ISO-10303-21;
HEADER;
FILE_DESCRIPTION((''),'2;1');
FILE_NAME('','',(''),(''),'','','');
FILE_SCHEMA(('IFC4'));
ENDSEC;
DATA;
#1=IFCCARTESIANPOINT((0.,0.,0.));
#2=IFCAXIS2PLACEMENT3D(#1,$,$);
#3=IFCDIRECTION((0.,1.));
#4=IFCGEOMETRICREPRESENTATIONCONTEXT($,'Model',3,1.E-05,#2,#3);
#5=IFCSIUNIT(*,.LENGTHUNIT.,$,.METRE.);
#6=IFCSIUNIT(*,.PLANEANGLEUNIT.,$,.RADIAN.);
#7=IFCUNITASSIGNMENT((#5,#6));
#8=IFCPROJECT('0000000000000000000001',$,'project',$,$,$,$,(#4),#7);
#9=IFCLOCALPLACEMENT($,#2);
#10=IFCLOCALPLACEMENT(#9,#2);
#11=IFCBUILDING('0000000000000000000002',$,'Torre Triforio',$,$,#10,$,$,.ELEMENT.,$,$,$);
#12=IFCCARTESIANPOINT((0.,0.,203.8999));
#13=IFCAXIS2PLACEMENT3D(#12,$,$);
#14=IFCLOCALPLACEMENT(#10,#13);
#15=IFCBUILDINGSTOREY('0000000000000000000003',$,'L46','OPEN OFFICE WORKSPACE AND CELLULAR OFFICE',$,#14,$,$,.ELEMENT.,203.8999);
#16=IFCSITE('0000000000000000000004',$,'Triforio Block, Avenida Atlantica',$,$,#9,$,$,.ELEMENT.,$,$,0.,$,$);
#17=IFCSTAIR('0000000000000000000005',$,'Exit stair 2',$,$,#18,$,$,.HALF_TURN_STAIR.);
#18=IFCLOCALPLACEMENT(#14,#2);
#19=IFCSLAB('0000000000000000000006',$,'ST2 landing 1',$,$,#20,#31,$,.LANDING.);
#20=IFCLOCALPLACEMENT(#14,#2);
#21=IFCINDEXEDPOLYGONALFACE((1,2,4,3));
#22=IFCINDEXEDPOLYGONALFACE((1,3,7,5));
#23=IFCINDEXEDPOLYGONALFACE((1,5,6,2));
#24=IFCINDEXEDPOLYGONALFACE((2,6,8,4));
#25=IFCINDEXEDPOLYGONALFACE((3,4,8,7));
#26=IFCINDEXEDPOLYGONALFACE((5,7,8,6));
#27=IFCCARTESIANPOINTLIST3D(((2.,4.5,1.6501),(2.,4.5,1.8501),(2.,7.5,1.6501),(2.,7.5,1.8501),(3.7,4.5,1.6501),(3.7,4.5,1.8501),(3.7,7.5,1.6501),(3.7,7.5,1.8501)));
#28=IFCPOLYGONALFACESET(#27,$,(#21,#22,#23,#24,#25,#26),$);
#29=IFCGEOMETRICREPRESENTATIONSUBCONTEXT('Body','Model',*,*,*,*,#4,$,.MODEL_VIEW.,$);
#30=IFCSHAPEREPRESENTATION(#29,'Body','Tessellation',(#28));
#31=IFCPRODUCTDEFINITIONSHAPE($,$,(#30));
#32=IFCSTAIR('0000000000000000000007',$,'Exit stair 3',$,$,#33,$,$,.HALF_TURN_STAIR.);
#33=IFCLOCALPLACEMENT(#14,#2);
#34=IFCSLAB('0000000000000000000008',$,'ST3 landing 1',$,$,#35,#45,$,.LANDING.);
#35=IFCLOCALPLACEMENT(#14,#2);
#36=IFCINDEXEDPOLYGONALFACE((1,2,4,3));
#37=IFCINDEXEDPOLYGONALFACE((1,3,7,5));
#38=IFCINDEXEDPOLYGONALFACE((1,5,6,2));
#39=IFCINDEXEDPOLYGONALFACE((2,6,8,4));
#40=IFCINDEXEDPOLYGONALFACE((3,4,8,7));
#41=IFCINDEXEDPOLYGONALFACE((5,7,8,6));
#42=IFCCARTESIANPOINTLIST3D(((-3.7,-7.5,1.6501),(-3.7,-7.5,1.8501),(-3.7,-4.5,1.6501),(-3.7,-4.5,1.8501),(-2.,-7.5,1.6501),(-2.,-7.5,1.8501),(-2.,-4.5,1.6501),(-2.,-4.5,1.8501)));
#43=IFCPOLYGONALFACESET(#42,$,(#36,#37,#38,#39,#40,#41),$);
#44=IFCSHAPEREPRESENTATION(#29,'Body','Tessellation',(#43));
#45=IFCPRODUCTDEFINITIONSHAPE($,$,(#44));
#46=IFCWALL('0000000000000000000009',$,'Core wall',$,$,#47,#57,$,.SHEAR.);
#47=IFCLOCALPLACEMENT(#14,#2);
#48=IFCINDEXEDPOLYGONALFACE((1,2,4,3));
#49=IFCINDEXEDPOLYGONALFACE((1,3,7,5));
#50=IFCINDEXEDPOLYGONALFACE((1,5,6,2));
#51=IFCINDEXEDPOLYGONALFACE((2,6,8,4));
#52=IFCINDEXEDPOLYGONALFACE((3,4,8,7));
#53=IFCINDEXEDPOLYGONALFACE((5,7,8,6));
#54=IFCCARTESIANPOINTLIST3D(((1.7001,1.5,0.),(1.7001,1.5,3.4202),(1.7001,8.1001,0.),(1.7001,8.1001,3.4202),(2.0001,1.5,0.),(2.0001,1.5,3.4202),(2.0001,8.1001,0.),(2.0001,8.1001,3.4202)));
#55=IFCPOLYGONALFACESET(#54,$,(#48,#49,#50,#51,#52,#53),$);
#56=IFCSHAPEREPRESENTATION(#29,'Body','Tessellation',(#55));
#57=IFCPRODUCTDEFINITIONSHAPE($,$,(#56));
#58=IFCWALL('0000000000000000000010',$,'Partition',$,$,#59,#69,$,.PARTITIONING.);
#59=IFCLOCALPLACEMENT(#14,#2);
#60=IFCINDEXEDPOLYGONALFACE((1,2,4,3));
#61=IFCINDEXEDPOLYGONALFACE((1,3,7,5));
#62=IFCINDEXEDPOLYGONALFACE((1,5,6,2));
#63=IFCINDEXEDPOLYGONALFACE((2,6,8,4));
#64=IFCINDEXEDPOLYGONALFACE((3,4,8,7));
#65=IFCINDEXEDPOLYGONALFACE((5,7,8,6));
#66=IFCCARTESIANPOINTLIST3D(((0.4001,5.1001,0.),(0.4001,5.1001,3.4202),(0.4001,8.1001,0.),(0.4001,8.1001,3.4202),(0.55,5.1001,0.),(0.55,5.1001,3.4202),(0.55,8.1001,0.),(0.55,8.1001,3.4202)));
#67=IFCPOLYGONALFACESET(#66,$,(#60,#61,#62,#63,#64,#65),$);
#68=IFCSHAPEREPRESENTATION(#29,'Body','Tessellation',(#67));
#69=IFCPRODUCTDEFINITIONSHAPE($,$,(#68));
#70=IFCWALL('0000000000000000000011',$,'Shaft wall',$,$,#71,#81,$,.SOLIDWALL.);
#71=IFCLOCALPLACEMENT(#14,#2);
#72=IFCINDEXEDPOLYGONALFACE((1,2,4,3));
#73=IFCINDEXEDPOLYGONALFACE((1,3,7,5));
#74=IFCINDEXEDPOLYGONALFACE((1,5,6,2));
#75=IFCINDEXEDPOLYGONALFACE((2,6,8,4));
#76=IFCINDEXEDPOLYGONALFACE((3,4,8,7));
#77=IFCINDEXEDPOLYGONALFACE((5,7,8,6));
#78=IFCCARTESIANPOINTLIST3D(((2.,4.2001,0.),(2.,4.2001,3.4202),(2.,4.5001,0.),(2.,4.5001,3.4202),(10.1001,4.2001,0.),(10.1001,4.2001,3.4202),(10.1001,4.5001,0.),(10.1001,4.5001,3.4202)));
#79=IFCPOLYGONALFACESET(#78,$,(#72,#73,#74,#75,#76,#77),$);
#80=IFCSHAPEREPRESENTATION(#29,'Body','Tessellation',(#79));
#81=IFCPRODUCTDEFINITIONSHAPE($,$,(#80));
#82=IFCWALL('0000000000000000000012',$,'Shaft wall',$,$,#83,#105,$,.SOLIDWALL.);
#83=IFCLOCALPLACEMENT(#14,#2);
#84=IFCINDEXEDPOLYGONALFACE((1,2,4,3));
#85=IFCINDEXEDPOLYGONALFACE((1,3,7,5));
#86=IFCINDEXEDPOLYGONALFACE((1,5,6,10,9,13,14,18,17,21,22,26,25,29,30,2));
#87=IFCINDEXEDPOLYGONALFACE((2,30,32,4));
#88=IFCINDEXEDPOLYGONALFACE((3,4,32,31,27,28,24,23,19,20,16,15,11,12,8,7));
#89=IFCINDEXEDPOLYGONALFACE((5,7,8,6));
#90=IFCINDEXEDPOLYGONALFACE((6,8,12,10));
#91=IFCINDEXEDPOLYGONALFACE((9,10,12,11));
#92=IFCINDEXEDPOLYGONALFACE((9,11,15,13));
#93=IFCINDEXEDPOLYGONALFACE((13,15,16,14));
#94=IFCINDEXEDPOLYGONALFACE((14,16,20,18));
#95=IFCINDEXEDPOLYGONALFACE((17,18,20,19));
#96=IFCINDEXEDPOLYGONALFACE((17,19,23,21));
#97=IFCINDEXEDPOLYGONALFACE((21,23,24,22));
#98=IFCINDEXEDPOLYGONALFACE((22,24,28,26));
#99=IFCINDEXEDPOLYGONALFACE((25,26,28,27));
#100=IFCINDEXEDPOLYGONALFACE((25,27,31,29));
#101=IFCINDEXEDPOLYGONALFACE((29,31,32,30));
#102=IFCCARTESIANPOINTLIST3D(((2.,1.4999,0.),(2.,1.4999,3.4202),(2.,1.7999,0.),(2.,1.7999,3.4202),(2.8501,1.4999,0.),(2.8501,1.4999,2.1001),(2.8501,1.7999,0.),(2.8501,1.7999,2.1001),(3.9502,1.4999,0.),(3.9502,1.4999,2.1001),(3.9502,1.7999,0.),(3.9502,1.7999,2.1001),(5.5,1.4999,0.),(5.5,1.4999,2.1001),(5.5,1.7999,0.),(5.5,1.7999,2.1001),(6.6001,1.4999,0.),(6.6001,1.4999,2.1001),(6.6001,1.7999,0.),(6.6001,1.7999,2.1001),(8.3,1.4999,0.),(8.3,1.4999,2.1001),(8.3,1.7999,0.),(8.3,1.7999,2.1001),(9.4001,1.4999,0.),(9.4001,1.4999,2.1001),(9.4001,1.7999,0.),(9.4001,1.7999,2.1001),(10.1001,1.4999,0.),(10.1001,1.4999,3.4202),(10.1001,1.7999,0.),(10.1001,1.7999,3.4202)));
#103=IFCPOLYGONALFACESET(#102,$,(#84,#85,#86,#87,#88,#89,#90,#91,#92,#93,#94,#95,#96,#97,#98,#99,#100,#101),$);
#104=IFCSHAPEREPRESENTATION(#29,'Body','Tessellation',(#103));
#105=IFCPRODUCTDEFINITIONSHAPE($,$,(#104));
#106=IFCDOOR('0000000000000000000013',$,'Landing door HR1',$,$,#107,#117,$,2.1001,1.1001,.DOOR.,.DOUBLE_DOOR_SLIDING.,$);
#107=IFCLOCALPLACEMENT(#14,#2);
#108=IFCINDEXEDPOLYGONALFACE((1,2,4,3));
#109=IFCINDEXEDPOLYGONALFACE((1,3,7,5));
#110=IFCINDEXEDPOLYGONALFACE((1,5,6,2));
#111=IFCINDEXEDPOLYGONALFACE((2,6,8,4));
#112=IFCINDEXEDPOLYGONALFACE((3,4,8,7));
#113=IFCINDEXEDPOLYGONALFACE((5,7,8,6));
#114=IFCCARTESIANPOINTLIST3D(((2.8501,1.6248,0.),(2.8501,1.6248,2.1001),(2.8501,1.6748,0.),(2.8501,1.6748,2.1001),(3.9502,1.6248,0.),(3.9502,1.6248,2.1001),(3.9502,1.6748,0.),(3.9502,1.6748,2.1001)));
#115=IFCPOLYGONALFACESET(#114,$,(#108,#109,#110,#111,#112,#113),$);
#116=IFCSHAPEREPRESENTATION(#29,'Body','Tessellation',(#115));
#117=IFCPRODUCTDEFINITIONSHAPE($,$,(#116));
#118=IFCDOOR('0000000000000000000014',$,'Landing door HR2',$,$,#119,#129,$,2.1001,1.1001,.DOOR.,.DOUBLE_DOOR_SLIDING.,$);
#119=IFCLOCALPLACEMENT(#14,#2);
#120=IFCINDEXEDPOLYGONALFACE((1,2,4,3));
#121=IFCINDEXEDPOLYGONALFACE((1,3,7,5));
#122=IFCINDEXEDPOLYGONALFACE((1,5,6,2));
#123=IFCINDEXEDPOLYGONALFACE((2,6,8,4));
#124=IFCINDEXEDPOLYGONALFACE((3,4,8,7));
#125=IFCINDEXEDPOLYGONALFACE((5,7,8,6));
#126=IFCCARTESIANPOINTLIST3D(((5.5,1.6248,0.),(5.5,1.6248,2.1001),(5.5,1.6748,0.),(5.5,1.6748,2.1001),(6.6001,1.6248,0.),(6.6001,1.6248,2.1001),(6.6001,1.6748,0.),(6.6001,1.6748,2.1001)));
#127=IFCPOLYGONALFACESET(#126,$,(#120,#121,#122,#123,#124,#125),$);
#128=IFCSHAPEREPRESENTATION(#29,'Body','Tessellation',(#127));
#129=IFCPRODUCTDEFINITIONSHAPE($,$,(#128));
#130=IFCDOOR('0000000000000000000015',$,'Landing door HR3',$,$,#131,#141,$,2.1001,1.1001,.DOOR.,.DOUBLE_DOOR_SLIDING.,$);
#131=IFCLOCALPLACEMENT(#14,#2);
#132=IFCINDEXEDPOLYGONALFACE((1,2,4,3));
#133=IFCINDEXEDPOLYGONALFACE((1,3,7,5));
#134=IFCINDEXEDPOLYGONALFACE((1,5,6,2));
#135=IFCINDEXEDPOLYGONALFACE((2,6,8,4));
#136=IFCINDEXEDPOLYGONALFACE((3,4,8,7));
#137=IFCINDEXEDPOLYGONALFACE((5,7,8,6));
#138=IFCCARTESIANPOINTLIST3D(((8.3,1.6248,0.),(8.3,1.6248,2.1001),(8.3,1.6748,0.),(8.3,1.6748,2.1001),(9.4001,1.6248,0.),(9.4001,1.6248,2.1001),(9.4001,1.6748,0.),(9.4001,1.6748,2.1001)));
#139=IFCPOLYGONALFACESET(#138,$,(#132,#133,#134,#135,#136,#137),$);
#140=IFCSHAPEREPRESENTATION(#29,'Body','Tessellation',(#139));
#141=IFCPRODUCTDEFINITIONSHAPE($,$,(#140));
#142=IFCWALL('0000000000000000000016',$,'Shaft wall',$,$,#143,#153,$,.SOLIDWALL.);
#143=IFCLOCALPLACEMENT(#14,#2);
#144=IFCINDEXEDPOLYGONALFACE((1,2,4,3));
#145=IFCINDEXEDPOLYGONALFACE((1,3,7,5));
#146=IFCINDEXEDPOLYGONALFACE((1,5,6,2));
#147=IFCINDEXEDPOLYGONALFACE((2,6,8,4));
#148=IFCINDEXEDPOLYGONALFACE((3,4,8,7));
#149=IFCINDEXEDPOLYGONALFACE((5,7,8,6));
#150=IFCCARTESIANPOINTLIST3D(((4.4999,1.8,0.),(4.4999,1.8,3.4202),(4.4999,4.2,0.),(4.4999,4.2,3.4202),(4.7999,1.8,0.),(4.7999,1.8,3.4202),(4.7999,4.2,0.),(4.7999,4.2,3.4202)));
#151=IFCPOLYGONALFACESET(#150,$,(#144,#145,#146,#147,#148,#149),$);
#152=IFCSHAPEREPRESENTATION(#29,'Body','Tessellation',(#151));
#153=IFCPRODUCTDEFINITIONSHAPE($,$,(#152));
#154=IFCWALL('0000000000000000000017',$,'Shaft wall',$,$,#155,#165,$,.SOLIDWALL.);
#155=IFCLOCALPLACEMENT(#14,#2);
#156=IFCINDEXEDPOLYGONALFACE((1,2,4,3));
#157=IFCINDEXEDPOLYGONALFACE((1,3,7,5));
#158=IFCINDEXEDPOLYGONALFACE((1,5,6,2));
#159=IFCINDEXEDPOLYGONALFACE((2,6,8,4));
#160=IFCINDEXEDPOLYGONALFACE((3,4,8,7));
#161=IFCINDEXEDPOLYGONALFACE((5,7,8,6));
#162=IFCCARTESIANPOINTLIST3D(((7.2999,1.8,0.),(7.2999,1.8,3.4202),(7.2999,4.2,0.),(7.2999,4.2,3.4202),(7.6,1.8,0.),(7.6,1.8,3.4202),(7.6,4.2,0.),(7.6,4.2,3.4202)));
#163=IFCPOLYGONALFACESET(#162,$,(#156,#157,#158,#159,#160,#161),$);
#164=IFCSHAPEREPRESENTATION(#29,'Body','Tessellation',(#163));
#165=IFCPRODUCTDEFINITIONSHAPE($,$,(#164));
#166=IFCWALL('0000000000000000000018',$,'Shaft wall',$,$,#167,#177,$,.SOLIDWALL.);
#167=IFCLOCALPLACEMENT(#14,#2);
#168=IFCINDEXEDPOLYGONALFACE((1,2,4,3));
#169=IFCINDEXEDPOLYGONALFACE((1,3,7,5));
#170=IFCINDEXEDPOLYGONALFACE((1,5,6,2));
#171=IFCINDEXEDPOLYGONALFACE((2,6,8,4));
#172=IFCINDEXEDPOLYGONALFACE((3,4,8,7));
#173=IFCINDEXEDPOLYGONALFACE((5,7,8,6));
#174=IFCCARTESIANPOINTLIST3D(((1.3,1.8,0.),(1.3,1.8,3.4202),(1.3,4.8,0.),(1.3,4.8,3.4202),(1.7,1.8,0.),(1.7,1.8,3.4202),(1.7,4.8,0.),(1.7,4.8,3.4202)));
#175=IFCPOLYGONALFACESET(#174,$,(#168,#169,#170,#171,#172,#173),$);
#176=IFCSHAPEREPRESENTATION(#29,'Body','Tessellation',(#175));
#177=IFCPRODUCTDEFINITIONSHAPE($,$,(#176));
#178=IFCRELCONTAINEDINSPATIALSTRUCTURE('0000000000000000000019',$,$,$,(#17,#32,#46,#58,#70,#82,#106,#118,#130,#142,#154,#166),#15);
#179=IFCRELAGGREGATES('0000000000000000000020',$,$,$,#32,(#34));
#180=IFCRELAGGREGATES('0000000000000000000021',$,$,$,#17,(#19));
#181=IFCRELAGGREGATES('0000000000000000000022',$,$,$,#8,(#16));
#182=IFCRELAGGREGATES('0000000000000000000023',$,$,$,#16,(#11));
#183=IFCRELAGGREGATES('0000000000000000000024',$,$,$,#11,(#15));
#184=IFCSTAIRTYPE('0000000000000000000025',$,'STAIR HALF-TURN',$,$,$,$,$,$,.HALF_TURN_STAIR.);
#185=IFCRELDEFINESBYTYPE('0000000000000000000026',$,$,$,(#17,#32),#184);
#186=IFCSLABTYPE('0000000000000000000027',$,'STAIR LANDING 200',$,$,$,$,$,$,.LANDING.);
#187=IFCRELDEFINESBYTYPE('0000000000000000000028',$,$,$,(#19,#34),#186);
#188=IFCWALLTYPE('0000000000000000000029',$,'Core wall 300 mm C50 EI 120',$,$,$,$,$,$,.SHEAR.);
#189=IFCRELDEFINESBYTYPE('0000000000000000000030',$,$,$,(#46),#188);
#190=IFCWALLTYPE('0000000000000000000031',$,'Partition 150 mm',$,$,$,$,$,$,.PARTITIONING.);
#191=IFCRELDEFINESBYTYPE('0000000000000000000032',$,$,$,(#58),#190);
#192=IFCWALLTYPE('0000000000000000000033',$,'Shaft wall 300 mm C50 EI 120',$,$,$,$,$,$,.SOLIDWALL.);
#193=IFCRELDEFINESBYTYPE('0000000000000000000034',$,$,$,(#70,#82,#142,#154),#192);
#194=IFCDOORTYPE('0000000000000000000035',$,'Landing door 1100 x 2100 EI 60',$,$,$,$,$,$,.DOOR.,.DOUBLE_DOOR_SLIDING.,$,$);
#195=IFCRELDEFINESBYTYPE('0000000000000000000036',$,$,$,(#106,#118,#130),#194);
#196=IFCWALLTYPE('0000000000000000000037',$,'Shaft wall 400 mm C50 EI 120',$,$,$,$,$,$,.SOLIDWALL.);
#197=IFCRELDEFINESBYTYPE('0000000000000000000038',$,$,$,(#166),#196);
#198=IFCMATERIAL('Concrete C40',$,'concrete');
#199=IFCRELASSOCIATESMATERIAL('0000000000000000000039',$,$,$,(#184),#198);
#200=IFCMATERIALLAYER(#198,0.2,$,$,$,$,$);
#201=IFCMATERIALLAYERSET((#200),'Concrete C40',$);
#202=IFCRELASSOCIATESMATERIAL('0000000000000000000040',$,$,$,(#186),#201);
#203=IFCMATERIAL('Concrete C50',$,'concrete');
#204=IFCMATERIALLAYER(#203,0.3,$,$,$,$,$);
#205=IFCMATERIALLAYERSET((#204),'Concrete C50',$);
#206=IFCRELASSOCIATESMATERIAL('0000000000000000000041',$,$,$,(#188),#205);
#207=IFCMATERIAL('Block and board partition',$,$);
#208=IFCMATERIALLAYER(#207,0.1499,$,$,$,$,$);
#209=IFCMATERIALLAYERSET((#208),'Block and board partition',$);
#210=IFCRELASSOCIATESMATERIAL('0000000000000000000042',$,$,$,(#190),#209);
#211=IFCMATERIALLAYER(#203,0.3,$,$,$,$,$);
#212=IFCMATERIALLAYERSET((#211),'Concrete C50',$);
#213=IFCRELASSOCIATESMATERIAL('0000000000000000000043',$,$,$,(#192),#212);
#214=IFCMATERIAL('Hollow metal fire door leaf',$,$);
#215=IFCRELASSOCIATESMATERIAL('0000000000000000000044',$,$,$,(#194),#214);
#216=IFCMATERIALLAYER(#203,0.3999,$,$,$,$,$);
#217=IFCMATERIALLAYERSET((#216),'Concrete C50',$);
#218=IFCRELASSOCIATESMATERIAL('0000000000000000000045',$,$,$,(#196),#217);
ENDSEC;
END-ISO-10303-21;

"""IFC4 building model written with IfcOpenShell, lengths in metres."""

from ifc_helpers import new_model, si_unit, direction, frame, frame_2d, origin, place, context, subcontext, project, spatial, polyline, rectangle, outline, extrude, material, layer, layer_set, type_object, element, fill, aggregate, save


model = new_model("IFC4")

# Units and contexts
model_context = context("Model", 3, precision=1e-05, world=origin(), true_north=direction((0.0, 1.0)))
body_context = subcontext(model_context, "Body", "Model", "MODEL_VIEW")
ifc_project = project(units=[si_unit("LENGTHUNIT", "METRE"), si_unit("PLANEANGLEUNIT", "RADIAN")], contexts=[model_context])

# Site, building, storey
site_placement = place(None, origin())
site = spatial("IfcSite", under=ifc_project, at=site_placement, Name="Triforio Block, Avenida Atlantica", CompositionType="ELEMENT", RefElevation=0.0)
building_placement = place(site_placement, origin())
building = spatial("IfcBuilding", under=site, at=building_placement, Name="Torre Triforio", CompositionType="ELEMENT")
storey_placement = place(building_placement, frame((0.0, 0.0, 203.8999)))
storey = spatial("IfcBuildingStorey", under=building, at=storey_placement, Name="L46", Description="OPEN OFFICE WORKSPACE AND CELLULAR OFFICE", CompositionType="ELEMENT", Elevation=203.8999)

# Stairs, slabs
ifc_material_1 = material(Name="Concrete C40", Category="concrete")
stair_type = type_object("IfcStairType", Name="STAIR HALF-TURN", PredefinedType="HALF_TURN_STAIR", material=ifc_material_1)
stair_1_placement = place(storey_placement, origin())
stair_1 = element("IfcStair", 1, at=stair_1_placement, inside=storey, type_object=stair_type, Name="Exit stair 2", PredefinedType="HALF_TURN_STAIR")
ifc_layer_1 = layer(ifc_material_1, 0.2)
ifc_layer_set_1 = layer_set([ifc_layer_1], Name="Concrete C40")
slab_type = type_object("IfcSlabType", Name="STAIR LANDING 200", PredefinedType="LANDING", material=ifc_layer_set_1)
slab_1_placement = place(storey_placement, frame((0.0, 0.0, 1.6501)))
slab_1 = element("IfcSlab", 2, at=slab_1_placement, type_object=slab_type, Name="ST2 landing 1", PredefinedType="LANDING", context=body_context, shape_type="SweptSolid", body=[
    extrude(outline(polyline([(3.7, 4.5), (3.7, 7.5), (2.0, 7.5), (2.0, 4.5), (3.7, 4.5)])), origin(), (0.0, 0.0, 1.0), 0.2),
])
stair_2_placement = place(storey_placement, origin())
stair_2 = element("IfcStair", 3, at=stair_2_placement, inside=storey, type_object=stair_type, Name="Exit stair 3", PredefinedType="HALF_TURN_STAIR")
slab_2_placement = place(storey_placement, frame((0.0, 0.0, 1.6501)))
slab_2 = element("IfcSlab", 4, at=slab_2_placement, type_object=slab_type, Name="ST3 landing 1", PredefinedType="LANDING", context=body_context, shape_type="SweptSolid", body=[
    extrude(outline(polyline([(-2.0, -7.5), (-2.0, -4.5), (-3.7, -4.5), (-3.7, -7.5), (-2.0, -7.5)])), origin(), (0.0, 0.0, 1.0), 0.2),
])
aggregate(stair_2, [slab_2])

# Walls
ifc_material_2 = material(Name="Concrete C50", Category="concrete")
ifc_layer_2 = layer(ifc_material_2, 0.3)
ifc_layer_set_2 = layer_set([ifc_layer_2], Name="Concrete C50")
wall_type_1 = type_object("IfcWallType", Name="Core wall 300 mm C50 EI 120", PredefinedType="SHEAR", material=ifc_layer_set_2)
wall_1_placement = place(storey_placement, frame((1.8501, 1.5, 0.0), z_axis=(0.0, 0.0, 1.0), x_axis=(0.0, 1.0, 0.0)))
element("IfcWall", 5, at=wall_1_placement, inside=storey, type_object=wall_type_1, Name="Core wall", PredefinedType="SHEAR", context=body_context, shape_type="SweptSolid", body=[
    extrude(rectangle(XDim=6.6001, YDim=0.3, at=frame_2d((3.3, 0.0))), origin(), (0.0, 0.0, 1.0), 3.4202),
])
ifc_material_3 = material(Name="Block and board partition")
ifc_layer_3 = layer(ifc_material_3, 0.1499)
ifc_layer_set_3 = layer_set([ifc_layer_3], Name="Block and board partition")
wall_type_2 = type_object("IfcWallType", Name="Partition 150 mm", PredefinedType="PARTITIONING", material=ifc_layer_set_3)
wall_2_placement = place(storey_placement, frame((0.4751, 5.1001, 0.0), z_axis=(0.0, 0.0, 1.0), x_axis=(0.0, 1.0, 0.0)))
element("IfcWall", 6, at=wall_2_placement, inside=storey, type_object=wall_type_2, Name="Partition", PredefinedType="PARTITIONING", context=body_context, shape_type="SweptSolid", body=[
    extrude(rectangle(XDim=3.0, YDim=0.1499, at=frame_2d((1.5, 0.0))), origin(), (0.0, 0.0, 1.0), 3.4202),
])
ifc_layer_4 = layer(ifc_material_2, 0.3)
ifc_layer_set_4 = layer_set([ifc_layer_4], Name="Concrete C50")
wall_type_3 = type_object("IfcWallType", Name="Shaft wall 300 mm C50 EI 120", PredefinedType="SOLIDWALL", material=ifc_layer_set_4)
wall_3_placement = place(storey_placement, frame((2.0, 4.3501, 0.0), z_axis=(0.0, 0.0, 1.0), x_axis=(1.0, 0.0, 0.0)))
element("IfcWall", 7, at=wall_3_placement, inside=storey, type_object=wall_type_3, Name="Shaft wall", PredefinedType="SOLIDWALL", context=body_context, shape_type="SweptSolid", body=[
    extrude(rectangle(XDim=8.1001, YDim=0.3, at=frame_2d((4.05, 0.0))), origin(), (0.0, 0.0, 1.0), 3.4202),
])

# Wall, openings, doors
wall_4_placement = place(storey_placement, frame((2.0, 1.6499, 0.0), z_axis=(0.0, 0.0, 1.0), x_axis=(1.0, 0.0, 0.0)))
wall_4 = element("IfcWall", 8, at=wall_4_placement, inside=storey, type_object=wall_type_3, Name="Shaft wall", PredefinedType="SOLIDWALL", context=body_context, shape_type="SweptSolid", body=[
    extrude(rectangle(XDim=8.1001, YDim=0.3, at=frame_2d((4.05, 0.0))), origin(), (0.0, 0.0, 1.0), 3.4202),
])
opening_1_placement = place(wall_4_placement, frame((0.8501, 0.0, 0.0)))
opening_1 = element("IfcOpeningElement", 9, at=opening_1_placement, cuts=wall_4, PredefinedType="OPENING", context=body_context, shape_type="SweptSolid", body=[
    extrude(rectangle(XDim=1.1001, YDim=2.1001, at=frame_2d((0.55, 1.05))), frame((0.0, 0.1599, 0.0), z_axis=(0.0, -1.0, 0.0), x_axis=(1.0, 0.0, 0.0)), (0.0, 0.0, 1.0), 0.3201),
])
opening_2_placement = place(wall_4_placement, frame((3.5, 0.0, 0.0)))
opening_2 = element("IfcOpeningElement", 10, at=opening_2_placement, cuts=wall_4, PredefinedType="OPENING", context=body_context, shape_type="SweptSolid", body=[
    extrude(rectangle(XDim=1.1001, YDim=2.1001, at=frame_2d((0.55, 1.05))), frame((0.0, 0.1599, 0.0), z_axis=(0.0, -1.0, 0.0), x_axis=(1.0, 0.0, 0.0)), (0.0, 0.0, 1.0), 0.3201),
])
opening_3_placement = place(wall_4_placement, frame((6.3, 0.0, 0.0)))
opening_3 = element("IfcOpeningElement", 11, at=opening_3_placement, cuts=wall_4, PredefinedType="OPENING", context=body_context, shape_type="SweptSolid", body=[
    extrude(rectangle(XDim=1.1001, YDim=2.1001, at=frame_2d((0.55, 1.05))), frame((0.0, 0.1599, 0.0), z_axis=(0.0, -1.0, 0.0), x_axis=(1.0, 0.0, 0.0)), (0.0, 0.0, 1.0), 0.3201),
])
ifc_material_4 = material(Name="Hollow metal fire door leaf")
door_type = type_object("IfcDoorType", Name="Landing door 1100 x 2100 EI 60", OperationType="DOUBLE_DOOR_SLIDING", PredefinedType="DOOR", material=ifc_material_4)
door_1_placement = place(opening_1_placement, origin())
door_1 = element("IfcDoor", 12, at=door_1_placement, inside=storey, type_object=door_type, Name="Landing door HR1", OperationType="DOUBLE_DOOR_SLIDING", OverallHeight=2.1001, OverallWidth=1.1001, PredefinedType="DOOR", context=body_context, shape_type="SweptSolid", body=[
    extrude(rectangle(XDim=1.1001, YDim=2.1001, at=frame_2d((0.55, 1.05))), frame((0.0, 0.0249, 0.0), z_axis=(0.0, -1.0, 0.0), x_axis=(1.0, 0.0, 0.0)), (0.0, 0.0, 1.0), 0.05),
])
fill(opening_1, door_1)
door_2_placement = place(opening_2_placement, origin())
door_2 = element("IfcDoor", 13, at=door_2_placement, inside=storey, type_object=door_type, Name="Landing door HR2", OperationType="DOUBLE_DOOR_SLIDING", OverallHeight=2.1001, OverallWidth=1.1001, PredefinedType="DOOR", context=body_context, shape_type="SweptSolid", body=[
    extrude(rectangle(XDim=1.1001, YDim=2.1001, at=frame_2d((0.55, 1.05))), frame((0.0, 0.0249, 0.0), z_axis=(0.0, -1.0, 0.0), x_axis=(1.0, 0.0, 0.0)), (0.0, 0.0, 1.0), 0.05),
])
fill(opening_2, door_2)
door_3_placement = place(opening_3_placement, origin())
door_3 = element("IfcDoor", 14, at=door_3_placement, inside=storey, type_object=door_type, Name="Landing door HR3", OperationType="DOUBLE_DOOR_SLIDING", OverallHeight=2.1001, OverallWidth=1.1001, PredefinedType="DOOR", context=body_context, shape_type="SweptSolid", body=[
    extrude(rectangle(XDim=1.1001, YDim=2.1001, at=frame_2d((0.55, 1.05))), frame((0.0, 0.0249, 0.0), z_axis=(0.0, -1.0, 0.0), x_axis=(1.0, 0.0, 0.0)), (0.0, 0.0, 1.0), 0.05),
])
fill(opening_3, door_3)

# Walls
for number, where, z_axis, x_axis, name in (
    (15, (4.6499, 1.8, 0.0), (0.0, 0.0, 1.0), (0.0, 1.0, 0.0), "Shaft wall"),
    (16, (7.45, 1.8, 0.0), (0.0, 0.0, 1.0), (0.0, 1.0, 0.0), "Shaft wall"),
):
    element("IfcWall", number, at=place(storey_placement, frame(where, z_axis=z_axis, x_axis=x_axis)), inside=storey, type_object=wall_type_3, Name=name, PredefinedType="SOLIDWALL", context=body_context, shape_type="SweptSolid", body=[
        extrude(rectangle(XDim=2.3999, YDim=0.3, at=frame_2d((1.2, 0.0))), origin(), (0.0, 0.0, 1.0), 3.4202),
    ])
ifc_layer_5 = layer(ifc_material_2, 0.3999)
ifc_layer_set_5 = layer_set([ifc_layer_5], Name="Concrete C50")
wall_type_4 = type_object("IfcWallType", Name="Shaft wall 400 mm C50 EI 120", PredefinedType="SOLIDWALL", material=ifc_layer_set_5)
wall_5_placement = place(storey_placement, frame((1.5, 1.8, 0.0), z_axis=(0.0, 0.0, 1.0), x_axis=(0.0, 1.0, 0.0)))
element("IfcWall", 17, at=wall_5_placement, inside=storey, type_object=wall_type_4, Name="Shaft wall", PredefinedType="SOLIDWALL", context=body_context, shape_type="SweptSolid", body=[
    extrude(rectangle(XDim=3.0, YDim=0.3999, at=frame_2d((1.5, 0.0))), origin(), (0.0, 0.0, 1.0), 3.4202),
])

aggregate(stair_1, [slab_1])

save(model, "model.ifc")
